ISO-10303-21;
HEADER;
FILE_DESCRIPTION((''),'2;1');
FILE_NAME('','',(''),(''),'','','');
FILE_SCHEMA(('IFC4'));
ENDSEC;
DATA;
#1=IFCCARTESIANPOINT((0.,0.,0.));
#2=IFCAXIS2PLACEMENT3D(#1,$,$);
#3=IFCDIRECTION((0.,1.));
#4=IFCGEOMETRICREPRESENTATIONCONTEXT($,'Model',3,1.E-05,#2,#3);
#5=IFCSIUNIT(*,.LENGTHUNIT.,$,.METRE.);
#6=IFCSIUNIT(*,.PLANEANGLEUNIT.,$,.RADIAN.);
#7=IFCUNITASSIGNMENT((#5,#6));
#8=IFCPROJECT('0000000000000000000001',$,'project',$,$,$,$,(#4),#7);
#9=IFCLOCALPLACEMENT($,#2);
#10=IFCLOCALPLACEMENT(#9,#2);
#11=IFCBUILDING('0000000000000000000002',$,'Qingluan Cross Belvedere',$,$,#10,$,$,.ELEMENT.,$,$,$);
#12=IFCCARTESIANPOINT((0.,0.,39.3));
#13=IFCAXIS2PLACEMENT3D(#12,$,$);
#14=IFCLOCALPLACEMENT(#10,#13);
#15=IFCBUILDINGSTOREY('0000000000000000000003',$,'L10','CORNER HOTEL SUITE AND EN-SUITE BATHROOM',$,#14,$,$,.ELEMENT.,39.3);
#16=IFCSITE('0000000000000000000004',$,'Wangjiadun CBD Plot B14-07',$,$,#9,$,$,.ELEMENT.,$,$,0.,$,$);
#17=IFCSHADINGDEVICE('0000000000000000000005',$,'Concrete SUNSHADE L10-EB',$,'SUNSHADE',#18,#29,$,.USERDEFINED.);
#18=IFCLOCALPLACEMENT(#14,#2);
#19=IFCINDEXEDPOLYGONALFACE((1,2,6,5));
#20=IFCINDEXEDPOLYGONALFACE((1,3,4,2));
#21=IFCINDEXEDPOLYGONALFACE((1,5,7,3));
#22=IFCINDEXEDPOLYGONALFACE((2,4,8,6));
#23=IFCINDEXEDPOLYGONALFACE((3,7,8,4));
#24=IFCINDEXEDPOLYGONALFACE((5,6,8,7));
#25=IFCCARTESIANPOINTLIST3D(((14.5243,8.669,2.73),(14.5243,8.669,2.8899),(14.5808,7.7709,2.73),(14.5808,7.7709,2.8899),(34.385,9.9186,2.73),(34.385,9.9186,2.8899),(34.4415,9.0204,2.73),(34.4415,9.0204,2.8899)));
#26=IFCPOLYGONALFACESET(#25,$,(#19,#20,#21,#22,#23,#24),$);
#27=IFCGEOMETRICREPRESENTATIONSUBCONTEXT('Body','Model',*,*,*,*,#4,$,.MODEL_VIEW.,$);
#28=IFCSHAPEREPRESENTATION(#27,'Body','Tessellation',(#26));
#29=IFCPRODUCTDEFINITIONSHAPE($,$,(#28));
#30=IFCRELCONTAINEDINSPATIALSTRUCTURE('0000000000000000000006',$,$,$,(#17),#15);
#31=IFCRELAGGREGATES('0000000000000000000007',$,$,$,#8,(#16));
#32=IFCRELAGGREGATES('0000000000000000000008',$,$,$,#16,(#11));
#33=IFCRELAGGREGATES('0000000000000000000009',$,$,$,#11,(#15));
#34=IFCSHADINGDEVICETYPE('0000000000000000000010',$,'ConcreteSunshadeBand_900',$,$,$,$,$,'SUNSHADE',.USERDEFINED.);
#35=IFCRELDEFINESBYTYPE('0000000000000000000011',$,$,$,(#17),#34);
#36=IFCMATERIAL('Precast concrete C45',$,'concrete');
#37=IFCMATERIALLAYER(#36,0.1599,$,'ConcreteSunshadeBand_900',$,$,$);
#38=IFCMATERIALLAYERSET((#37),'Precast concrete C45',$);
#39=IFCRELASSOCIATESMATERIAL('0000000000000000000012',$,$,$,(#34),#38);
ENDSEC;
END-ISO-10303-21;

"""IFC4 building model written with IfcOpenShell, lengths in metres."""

from ifc_helpers import new_model, si_unit, direction, frame, origin, origin_2d, place, context, subcontext, project, spatial, rectangle, extrude, material, layer, layer_set, type_object, element, save


model = new_model("IFC4")

# Units and contexts
model_context = context("Model", 3, precision=1e-05, world=origin(), true_north=direction((0.0, 1.0)))
body_context = subcontext(model_context, "Body", "Model", "MODEL_VIEW")
ifc_project = project(units=[si_unit("LENGTHUNIT", "METRE"), si_unit("PLANEANGLEUNIT", "RADIAN")], contexts=[model_context])

# Site, building, storey
site_placement = place(None, origin())
site = spatial("IfcSite", under=ifc_project, at=site_placement, Name="Wangjiadun CBD Plot B14-07", CompositionType="ELEMENT", RefElevation=0.0)
building_placement = place(site_placement, origin())
building = spatial("IfcBuilding", under=site, at=building_placement, Name="Qingluan Cross Belvedere", CompositionType="ELEMENT")
storey_placement = place(building_placement, frame((0.0, 0.0, 39.3)))
storey = spatial("IfcBuildingStorey", under=building, at=storey_placement, Name="L10", Description="CORNER HOTEL SUITE AND EN-SUITE BATHROOM", CompositionType="ELEMENT", Elevation=39.3)

# Shading device
ifc_material_1 = material(Name="Precast concrete C45", Category="concrete")
ifc_layer_1 = layer(ifc_material_1, 0.1599, Name="ConcreteSunshadeBand_900")
ifc_layer_set_1 = layer_set([ifc_layer_1], Name="Precast concrete C45")
shading_device_type = type_object("IfcShadingDeviceType", Name="ConcreteSunshadeBand_900", ElementType="SUNSHADE", PredefinedType="USERDEFINED", material=ifc_layer_set_1)
shading_device_placement = place(storey_placement, frame((24.4829, 8.8447, 2.73), z_axis=(0.0, 0.0, 1.0), x_axis=(-0.998027, -0.062791, 0.0)))
element("IfcShadingDevice", 1, at=shading_device_placement, inside=storey, type_object=shading_device_type, Name="Concrete SUNSHADE L10-EB", ObjectType="SUNSHADE", PredefinedType="USERDEFINED", context=body_context, shape_type="SweptSolid", body=[
    extrude(rectangle(XDim=19.8999, YDim=0.8999, at=origin_2d()), origin(), (0.0, 0.0, 1.0), 0.1599),
])

save(model, "model.ifc")
